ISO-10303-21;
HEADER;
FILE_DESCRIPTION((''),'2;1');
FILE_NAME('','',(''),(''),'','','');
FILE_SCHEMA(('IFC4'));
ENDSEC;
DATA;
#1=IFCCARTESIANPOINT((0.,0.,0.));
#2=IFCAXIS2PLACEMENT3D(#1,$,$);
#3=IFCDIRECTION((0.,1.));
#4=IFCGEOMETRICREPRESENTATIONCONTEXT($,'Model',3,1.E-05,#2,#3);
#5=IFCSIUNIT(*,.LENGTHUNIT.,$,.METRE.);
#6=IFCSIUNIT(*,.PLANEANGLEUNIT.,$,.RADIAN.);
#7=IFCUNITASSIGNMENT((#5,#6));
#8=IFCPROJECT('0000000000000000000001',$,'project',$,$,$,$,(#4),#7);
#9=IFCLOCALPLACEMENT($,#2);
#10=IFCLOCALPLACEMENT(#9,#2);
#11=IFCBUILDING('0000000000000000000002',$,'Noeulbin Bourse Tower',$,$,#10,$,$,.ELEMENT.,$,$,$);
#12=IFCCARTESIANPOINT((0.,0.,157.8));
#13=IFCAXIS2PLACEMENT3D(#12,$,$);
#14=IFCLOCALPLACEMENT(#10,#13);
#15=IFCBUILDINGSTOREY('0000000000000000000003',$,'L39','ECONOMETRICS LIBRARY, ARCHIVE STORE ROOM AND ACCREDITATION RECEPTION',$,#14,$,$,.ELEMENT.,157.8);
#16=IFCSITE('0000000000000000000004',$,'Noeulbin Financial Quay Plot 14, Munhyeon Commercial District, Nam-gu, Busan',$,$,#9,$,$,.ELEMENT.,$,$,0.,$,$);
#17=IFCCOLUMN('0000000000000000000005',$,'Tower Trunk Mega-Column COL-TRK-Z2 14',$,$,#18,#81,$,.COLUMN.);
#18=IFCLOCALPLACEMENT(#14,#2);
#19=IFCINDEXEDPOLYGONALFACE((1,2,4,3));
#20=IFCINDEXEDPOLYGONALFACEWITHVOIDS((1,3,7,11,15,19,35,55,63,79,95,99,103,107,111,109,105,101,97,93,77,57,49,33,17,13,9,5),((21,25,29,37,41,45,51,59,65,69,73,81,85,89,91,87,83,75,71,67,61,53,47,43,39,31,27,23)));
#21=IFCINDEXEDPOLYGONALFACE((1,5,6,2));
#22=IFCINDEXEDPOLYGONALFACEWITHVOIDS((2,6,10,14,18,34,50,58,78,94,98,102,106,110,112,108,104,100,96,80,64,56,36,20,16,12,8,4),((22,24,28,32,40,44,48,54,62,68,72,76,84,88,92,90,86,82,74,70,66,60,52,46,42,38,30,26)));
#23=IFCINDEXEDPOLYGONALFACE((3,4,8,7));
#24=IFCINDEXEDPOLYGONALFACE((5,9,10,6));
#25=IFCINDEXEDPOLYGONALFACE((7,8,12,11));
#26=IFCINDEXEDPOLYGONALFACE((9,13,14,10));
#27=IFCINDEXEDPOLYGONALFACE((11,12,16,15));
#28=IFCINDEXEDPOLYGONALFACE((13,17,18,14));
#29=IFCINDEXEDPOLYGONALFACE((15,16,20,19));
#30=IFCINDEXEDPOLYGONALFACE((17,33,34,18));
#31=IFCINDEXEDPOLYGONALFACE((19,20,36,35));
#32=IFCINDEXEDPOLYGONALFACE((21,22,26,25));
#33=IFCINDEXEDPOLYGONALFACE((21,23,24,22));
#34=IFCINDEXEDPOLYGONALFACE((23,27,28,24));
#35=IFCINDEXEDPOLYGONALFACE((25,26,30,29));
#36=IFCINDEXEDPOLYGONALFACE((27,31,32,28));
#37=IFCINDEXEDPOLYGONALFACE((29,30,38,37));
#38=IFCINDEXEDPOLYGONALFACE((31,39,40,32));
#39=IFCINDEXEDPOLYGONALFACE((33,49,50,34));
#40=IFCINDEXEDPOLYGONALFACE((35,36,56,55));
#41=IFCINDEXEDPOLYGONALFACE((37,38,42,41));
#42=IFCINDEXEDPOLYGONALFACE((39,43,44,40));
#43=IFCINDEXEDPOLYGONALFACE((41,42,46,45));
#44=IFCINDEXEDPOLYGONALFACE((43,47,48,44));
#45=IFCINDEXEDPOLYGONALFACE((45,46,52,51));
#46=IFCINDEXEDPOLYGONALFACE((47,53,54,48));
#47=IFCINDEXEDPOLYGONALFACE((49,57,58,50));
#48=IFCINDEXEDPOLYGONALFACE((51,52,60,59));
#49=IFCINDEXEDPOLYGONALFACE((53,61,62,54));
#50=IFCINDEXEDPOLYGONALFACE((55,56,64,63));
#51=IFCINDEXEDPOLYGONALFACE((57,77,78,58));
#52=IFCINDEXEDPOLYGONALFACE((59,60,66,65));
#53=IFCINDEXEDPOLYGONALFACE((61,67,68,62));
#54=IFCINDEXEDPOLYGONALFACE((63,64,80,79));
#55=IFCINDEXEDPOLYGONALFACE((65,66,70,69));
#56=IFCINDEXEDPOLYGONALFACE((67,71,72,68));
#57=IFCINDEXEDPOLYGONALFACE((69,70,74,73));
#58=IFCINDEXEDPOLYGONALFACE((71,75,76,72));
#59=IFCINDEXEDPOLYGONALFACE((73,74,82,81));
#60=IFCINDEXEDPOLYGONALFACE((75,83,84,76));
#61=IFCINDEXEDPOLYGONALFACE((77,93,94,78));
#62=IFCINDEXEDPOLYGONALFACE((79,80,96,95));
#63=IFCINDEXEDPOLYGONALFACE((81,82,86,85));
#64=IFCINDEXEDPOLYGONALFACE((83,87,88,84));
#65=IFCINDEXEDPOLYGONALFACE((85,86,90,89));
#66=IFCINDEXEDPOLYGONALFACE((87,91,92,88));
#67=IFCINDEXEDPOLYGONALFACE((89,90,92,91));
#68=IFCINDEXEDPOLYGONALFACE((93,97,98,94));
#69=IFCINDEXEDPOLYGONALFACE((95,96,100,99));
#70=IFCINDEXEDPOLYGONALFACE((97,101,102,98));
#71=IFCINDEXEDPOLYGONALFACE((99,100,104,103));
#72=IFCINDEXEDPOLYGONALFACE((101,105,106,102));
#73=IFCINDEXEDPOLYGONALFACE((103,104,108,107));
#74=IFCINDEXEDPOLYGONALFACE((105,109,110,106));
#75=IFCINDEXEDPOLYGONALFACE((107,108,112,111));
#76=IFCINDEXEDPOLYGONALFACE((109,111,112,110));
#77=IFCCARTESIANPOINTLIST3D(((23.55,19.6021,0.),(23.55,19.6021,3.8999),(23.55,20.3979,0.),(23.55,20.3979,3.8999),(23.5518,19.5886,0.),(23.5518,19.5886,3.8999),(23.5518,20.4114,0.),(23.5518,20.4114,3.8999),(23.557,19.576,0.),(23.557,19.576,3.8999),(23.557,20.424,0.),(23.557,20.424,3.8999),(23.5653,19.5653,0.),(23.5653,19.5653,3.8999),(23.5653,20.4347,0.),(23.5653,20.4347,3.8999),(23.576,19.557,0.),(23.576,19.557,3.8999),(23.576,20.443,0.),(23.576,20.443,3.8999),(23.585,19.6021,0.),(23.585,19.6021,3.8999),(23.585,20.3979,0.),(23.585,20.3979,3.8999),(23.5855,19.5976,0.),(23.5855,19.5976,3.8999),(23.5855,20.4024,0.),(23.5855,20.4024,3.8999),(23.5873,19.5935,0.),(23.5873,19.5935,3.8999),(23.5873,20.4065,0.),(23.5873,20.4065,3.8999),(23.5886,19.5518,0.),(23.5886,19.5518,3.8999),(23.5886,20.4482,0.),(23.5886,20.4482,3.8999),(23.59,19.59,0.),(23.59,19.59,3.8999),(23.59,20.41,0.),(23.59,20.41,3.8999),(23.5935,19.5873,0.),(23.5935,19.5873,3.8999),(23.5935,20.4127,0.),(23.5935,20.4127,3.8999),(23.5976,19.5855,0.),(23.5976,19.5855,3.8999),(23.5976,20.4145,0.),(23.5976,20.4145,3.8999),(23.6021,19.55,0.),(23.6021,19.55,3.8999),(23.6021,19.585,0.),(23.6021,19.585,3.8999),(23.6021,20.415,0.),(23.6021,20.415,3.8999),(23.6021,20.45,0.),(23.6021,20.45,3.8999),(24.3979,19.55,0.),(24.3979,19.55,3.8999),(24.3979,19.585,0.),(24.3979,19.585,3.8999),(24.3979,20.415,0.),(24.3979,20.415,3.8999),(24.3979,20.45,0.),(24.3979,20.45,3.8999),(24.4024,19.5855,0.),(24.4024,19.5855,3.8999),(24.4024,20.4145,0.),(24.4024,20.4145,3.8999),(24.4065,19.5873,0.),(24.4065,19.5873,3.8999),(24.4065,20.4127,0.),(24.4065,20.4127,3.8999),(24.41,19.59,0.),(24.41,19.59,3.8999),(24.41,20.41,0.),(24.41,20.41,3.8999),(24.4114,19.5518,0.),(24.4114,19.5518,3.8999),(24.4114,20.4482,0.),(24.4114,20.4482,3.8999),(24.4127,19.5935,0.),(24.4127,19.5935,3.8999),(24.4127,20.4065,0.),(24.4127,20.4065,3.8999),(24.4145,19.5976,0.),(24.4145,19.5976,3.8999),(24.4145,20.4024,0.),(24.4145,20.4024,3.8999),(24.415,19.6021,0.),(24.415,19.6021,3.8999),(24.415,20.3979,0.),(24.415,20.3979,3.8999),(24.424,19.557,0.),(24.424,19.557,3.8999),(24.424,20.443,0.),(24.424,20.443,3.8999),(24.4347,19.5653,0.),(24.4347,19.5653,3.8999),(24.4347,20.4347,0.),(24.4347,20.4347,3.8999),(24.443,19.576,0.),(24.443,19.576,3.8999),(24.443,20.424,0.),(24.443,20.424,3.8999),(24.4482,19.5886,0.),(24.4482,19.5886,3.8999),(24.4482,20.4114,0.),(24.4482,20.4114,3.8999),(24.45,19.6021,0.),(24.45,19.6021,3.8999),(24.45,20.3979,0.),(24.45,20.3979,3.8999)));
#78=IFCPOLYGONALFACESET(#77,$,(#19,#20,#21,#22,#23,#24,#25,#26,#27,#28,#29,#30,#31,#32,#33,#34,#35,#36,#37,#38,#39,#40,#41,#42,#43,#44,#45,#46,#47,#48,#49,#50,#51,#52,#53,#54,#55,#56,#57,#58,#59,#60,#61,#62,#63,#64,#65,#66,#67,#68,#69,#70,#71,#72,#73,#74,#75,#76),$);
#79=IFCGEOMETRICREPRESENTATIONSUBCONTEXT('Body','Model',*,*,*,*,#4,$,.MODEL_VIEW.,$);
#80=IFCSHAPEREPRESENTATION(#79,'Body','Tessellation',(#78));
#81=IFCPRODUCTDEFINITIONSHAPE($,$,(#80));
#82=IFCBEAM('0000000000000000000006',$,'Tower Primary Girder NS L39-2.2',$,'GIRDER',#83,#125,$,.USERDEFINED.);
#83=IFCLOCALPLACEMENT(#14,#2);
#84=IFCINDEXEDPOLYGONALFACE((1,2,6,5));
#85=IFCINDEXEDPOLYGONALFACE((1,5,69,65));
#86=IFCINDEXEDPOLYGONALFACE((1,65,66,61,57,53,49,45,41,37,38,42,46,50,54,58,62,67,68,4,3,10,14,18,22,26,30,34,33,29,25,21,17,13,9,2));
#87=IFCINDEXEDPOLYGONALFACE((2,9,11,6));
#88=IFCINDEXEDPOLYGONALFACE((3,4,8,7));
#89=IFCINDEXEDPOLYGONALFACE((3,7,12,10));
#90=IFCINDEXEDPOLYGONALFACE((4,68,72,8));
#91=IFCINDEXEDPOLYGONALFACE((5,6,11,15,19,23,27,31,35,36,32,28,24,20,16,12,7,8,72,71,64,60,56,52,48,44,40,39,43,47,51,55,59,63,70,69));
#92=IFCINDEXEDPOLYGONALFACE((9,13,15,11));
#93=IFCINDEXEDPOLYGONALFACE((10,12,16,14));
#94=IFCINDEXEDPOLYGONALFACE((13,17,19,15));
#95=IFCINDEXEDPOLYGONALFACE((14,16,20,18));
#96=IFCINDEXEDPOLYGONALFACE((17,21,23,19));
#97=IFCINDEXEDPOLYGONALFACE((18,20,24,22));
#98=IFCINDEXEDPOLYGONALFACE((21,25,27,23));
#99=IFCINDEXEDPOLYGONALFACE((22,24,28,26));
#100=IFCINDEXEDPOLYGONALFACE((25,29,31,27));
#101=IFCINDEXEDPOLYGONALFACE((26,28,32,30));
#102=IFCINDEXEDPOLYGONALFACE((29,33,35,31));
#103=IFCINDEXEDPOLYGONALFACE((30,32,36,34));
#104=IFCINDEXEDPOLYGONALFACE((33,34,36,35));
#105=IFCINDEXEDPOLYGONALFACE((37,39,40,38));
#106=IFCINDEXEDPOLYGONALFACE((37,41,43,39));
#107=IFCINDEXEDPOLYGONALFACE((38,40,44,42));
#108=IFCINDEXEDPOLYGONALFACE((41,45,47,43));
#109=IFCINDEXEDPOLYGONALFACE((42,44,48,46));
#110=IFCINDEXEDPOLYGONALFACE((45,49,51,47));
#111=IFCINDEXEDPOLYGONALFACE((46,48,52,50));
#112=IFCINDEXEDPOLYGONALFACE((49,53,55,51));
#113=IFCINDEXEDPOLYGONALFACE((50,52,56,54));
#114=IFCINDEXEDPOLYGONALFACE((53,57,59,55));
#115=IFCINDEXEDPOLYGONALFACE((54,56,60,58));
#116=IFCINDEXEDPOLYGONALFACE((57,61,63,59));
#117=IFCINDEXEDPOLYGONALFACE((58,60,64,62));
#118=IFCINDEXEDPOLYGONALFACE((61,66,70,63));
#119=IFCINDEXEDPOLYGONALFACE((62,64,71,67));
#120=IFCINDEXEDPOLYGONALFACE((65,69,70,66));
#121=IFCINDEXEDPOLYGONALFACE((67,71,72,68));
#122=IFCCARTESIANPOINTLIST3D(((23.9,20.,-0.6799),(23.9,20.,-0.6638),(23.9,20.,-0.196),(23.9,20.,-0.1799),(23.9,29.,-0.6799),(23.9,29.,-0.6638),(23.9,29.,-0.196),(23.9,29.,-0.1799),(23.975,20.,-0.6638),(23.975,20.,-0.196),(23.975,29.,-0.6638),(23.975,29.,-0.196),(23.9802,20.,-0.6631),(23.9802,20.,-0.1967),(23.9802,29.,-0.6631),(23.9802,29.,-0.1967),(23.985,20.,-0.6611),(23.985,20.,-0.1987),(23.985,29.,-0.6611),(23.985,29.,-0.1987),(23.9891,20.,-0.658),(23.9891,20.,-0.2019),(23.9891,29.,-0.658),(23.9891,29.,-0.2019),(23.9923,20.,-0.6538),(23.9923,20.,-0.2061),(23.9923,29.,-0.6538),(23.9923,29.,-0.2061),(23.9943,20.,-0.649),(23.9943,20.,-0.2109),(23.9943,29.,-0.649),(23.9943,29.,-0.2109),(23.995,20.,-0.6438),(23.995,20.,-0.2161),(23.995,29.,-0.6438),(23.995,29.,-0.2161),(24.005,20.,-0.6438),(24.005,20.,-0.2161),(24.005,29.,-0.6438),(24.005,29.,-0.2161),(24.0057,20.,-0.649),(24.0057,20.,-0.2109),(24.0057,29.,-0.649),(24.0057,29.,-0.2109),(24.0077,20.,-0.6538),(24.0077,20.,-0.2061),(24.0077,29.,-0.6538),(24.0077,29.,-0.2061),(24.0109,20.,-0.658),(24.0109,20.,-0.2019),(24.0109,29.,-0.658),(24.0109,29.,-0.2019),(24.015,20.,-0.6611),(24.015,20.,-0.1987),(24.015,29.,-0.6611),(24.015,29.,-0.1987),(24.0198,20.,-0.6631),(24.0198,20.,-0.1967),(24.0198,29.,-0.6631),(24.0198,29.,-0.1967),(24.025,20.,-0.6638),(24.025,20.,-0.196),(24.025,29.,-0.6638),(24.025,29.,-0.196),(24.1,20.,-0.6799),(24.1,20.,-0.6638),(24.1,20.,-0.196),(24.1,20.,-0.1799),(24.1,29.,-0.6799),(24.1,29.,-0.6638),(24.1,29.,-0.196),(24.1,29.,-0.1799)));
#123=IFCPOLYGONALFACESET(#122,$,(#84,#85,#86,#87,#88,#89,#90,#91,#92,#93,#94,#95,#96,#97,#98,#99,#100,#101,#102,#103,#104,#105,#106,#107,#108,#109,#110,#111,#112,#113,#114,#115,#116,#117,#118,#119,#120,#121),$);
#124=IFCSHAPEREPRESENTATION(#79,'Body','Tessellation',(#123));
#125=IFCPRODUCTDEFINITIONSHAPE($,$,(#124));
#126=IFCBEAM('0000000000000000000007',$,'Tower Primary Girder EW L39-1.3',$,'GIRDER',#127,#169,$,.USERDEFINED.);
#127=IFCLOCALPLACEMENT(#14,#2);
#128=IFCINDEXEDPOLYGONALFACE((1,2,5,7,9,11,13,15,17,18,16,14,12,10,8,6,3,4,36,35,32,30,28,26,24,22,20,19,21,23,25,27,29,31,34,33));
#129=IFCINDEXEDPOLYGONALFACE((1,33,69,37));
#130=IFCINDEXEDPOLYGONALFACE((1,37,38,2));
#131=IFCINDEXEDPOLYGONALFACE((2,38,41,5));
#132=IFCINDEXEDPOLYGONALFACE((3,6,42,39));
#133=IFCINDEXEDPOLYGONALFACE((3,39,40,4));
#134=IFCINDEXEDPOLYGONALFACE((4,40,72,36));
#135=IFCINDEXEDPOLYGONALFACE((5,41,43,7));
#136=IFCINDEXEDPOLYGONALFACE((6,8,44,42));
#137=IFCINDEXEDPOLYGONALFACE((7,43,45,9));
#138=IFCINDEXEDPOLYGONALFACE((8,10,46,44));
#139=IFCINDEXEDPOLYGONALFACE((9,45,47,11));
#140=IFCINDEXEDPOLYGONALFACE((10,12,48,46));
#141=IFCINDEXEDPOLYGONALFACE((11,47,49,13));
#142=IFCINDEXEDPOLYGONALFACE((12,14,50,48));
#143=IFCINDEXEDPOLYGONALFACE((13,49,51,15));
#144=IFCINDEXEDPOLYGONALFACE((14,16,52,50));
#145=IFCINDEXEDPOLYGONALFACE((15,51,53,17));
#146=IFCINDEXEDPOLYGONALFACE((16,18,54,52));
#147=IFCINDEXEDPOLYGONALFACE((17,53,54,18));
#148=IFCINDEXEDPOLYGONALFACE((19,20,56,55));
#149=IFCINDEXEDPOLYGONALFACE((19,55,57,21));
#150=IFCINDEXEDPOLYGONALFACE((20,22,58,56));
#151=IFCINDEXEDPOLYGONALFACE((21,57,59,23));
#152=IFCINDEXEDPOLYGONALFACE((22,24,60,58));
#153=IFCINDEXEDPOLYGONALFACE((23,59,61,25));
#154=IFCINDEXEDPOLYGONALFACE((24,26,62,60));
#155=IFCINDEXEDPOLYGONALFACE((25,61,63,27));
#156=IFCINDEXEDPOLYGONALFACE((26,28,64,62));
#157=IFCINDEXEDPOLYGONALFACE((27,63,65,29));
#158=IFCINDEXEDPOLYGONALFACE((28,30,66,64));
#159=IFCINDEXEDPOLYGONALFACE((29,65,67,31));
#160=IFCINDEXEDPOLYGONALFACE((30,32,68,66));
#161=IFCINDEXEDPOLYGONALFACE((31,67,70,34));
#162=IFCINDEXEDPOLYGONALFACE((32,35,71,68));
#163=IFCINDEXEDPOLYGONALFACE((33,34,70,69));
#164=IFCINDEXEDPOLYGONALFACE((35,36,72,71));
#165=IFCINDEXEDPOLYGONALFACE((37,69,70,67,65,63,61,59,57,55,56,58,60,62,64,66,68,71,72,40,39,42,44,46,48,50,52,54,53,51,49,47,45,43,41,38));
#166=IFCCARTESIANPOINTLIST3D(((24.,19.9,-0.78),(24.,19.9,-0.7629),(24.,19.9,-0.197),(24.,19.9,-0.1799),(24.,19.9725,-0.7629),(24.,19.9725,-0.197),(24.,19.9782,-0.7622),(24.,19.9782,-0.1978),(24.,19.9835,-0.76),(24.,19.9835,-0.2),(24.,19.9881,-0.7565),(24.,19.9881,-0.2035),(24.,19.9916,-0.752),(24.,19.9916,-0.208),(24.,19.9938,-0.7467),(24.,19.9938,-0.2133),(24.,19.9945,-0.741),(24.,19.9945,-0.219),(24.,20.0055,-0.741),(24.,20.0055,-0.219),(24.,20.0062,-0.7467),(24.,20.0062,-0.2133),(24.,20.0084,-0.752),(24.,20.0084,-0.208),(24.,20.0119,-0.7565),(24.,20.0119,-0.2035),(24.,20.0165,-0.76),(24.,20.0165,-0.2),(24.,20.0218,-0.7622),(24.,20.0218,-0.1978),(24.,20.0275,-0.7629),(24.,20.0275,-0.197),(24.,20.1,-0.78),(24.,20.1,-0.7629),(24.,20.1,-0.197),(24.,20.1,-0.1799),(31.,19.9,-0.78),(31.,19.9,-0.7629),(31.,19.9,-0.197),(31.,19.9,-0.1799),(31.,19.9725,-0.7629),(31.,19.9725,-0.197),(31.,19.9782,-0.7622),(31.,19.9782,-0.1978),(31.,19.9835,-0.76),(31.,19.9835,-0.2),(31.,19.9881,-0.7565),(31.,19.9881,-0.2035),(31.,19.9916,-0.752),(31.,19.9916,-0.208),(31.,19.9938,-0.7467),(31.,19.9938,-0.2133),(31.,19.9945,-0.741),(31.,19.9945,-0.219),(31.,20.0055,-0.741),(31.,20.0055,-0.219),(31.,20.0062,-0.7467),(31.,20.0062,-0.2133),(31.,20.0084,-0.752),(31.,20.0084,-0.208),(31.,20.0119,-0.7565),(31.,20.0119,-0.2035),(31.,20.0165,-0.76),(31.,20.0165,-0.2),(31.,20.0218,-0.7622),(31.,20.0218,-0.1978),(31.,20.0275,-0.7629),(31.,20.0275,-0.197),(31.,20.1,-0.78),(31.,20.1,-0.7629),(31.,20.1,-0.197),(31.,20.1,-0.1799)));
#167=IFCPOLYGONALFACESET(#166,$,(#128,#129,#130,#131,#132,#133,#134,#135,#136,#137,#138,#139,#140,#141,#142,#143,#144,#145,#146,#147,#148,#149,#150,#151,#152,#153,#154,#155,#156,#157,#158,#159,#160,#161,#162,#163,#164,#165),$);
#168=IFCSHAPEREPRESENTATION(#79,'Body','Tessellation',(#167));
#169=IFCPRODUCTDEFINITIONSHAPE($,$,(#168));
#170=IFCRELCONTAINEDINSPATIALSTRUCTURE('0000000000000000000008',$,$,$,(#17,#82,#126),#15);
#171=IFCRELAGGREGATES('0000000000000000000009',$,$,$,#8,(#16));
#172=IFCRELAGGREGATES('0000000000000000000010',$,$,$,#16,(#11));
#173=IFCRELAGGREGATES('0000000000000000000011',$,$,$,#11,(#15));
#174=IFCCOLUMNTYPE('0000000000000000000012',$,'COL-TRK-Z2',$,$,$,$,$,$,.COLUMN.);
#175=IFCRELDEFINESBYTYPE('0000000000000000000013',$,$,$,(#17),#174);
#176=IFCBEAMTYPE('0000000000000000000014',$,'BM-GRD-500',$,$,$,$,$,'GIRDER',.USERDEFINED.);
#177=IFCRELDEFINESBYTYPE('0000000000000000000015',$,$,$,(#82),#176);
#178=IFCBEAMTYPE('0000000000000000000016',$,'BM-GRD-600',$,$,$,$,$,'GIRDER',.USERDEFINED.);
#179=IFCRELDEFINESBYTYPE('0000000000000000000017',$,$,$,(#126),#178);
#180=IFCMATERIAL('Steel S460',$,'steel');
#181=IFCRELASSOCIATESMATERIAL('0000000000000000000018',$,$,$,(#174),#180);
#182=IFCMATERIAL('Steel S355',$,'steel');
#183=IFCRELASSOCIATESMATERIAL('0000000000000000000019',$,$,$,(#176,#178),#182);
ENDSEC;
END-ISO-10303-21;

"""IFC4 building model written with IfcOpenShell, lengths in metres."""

from ifc_helpers import new_model, si_unit, direction, frame, origin, origin_2d, place, context, subcontext, project, spatial, hollow_rectangle, i_section, extrude, material, material_profile, profile_set, type_object, element, save


model = new_model("IFC4")

# Units and contexts
model_context = context("Model", 3, precision=1e-05, world=origin(), true_north=direction((0.0, 1.0)))
body_context = subcontext(model_context, "Body", "Model", "MODEL_VIEW")
ifc_project = project(units=[si_unit("LENGTHUNIT", "METRE"), si_unit("PLANEANGLEUNIT", "RADIAN")], contexts=[model_context])

# Site, building, storey
site_placement = place(None, origin())
site = spatial("IfcSite", under=ifc_project, at=site_placement, Name="Noeulbin Financial Quay Plot 14, Munhyeon Commercial District, Nam-gu, Busan", CompositionType="ELEMENT", RefElevation=0.0)
building_placement = place(site_placement, origin())
building = spatial("IfcBuilding", under=site, at=building_placement, Name="Noeulbin Bourse Tower", CompositionType="ELEMENT")
storey_placement = place(building_placement, frame((0.0, 0.0, 157.8)))
storey = spatial("IfcBuildingStorey", under=building, at=storey_placement, Name="L39", Description="ECONOMETRICS LIBRARY, ARCHIVE STORE ROOM AND ACCREDITATION RECEPTION", CompositionType="ELEMENT", Elevation=157.8)

# Column
ifc_material_1 = material(Name="Steel S460", Category="steel")
ifc_material_profile_1 = material_profile(ifc_material_1, hollow_rectangle(XDim=0.8999, YDim=0.8999, WallThickness=0.0349, InnerFilletRadius=0.0171, OuterFilletRadius=0.052, at=origin_2d()), Name="BOX-900x900x35", Category="LoadBearing")
ifc_profile_set_1 = profile_set([ifc_material_profile_1], Name="Steel S460")
column_type = type_object("IfcColumnType", Name="COL-TRK-Z2", PredefinedType="COLUMN", material=ifc_profile_set_1)
column_placement = place(storey_placement, frame((24.0, 20.0, 0.0), z_axis=(0.0, 0.0, 1.0), x_axis=(1.0, 0.0, 0.0)))
element("IfcColumn", 1, at=column_placement, inside=storey, type_object=column_type, Name="Tower Trunk Mega-Column COL-TRK-Z2 14", PredefinedType="COLUMN", context=body_context, shape_type="SweptSolid", body=[
    extrude(hollow_rectangle(XDim=0.8999, YDim=0.8999, WallThickness=0.0349, InnerFilletRadius=0.0171, OuterFilletRadius=0.052, at=origin_2d()), origin(), (0.0, 0.0, 1.0), 3.8999),
])

# Beams
ifc_material_2 = material(Name="Steel S355", Category="steel")
ifc_material_profile_2 = material_profile(ifc_material_2, i_section(OverallWidth=0.2, OverallDepth=0.5, WebThickness=0.01, FlangeThickness=0.0161, FilletRadius=0.02, at=origin_2d()), Name="H-500x200x10x16", Category="LoadBearing")
ifc_profile_set_2 = profile_set([ifc_material_profile_2], Name="Steel S355")
beam_type_1 = type_object("IfcBeamType", Name="BM-GRD-500", ElementType="GIRDER", PredefinedType="USERDEFINED", material=ifc_profile_set_2)
beam_1_placement = place(storey_placement, frame((24.0, 20.0, -0.4299), z_axis=(0.0, 1.0, 0.0), x_axis=(-1.0, 0.0, 0.0)))
element("IfcBeam", 2, at=beam_1_placement, inside=storey, type_object=beam_type_1, Name="Tower Primary Girder NS L39-2.2", ObjectType="GIRDER", PredefinedType="USERDEFINED", context=body_context, shape_type="SweptSolid", body=[
    extrude(i_section(OverallWidth=0.2, OverallDepth=0.5, WebThickness=0.01, FlangeThickness=0.0161, FilletRadius=0.02, at=origin_2d()), origin(), (0.0, 0.0, 1.0), 9.0),
])
ifc_material_profile_3 = material_profile(ifc_material_2, i_section(OverallWidth=0.2, OverallDepth=0.6001, WebThickness=0.011, FlangeThickness=0.0171, FilletRadius=0.022, at=origin_2d()), Name="H-600x200x11x17", Category="LoadBearing")
ifc_profile_set_3 = profile_set([ifc_material_profile_3], Name="Steel S355")
beam_type_2 = type_object("IfcBeamType", Name="BM-GRD-600", ElementType="GIRDER", PredefinedType="USERDEFINED", material=ifc_profile_set_3)
beam_2_placement = place(storey_placement, frame((24.0, 20.0, -0.48), z_axis=(1.0, 0.0, 0.0), x_axis=(0.0, 1.0, 0.0)))
element("IfcBeam", 3, at=beam_2_placement, inside=storey, type_object=beam_type_2, Name="Tower Primary Girder EW L39-1.3", ObjectType="GIRDER", PredefinedType="USERDEFINED", context=body_context, shape_type="SweptSolid", body=[
    extrude(i_section(OverallWidth=0.2, OverallDepth=0.6001, WebThickness=0.011, FlangeThickness=0.0171, FilletRadius=0.022, at=origin_2d()), origin(), (0.0, 0.0, 1.0), 7.0),
])

save(model, "model.ifc")
